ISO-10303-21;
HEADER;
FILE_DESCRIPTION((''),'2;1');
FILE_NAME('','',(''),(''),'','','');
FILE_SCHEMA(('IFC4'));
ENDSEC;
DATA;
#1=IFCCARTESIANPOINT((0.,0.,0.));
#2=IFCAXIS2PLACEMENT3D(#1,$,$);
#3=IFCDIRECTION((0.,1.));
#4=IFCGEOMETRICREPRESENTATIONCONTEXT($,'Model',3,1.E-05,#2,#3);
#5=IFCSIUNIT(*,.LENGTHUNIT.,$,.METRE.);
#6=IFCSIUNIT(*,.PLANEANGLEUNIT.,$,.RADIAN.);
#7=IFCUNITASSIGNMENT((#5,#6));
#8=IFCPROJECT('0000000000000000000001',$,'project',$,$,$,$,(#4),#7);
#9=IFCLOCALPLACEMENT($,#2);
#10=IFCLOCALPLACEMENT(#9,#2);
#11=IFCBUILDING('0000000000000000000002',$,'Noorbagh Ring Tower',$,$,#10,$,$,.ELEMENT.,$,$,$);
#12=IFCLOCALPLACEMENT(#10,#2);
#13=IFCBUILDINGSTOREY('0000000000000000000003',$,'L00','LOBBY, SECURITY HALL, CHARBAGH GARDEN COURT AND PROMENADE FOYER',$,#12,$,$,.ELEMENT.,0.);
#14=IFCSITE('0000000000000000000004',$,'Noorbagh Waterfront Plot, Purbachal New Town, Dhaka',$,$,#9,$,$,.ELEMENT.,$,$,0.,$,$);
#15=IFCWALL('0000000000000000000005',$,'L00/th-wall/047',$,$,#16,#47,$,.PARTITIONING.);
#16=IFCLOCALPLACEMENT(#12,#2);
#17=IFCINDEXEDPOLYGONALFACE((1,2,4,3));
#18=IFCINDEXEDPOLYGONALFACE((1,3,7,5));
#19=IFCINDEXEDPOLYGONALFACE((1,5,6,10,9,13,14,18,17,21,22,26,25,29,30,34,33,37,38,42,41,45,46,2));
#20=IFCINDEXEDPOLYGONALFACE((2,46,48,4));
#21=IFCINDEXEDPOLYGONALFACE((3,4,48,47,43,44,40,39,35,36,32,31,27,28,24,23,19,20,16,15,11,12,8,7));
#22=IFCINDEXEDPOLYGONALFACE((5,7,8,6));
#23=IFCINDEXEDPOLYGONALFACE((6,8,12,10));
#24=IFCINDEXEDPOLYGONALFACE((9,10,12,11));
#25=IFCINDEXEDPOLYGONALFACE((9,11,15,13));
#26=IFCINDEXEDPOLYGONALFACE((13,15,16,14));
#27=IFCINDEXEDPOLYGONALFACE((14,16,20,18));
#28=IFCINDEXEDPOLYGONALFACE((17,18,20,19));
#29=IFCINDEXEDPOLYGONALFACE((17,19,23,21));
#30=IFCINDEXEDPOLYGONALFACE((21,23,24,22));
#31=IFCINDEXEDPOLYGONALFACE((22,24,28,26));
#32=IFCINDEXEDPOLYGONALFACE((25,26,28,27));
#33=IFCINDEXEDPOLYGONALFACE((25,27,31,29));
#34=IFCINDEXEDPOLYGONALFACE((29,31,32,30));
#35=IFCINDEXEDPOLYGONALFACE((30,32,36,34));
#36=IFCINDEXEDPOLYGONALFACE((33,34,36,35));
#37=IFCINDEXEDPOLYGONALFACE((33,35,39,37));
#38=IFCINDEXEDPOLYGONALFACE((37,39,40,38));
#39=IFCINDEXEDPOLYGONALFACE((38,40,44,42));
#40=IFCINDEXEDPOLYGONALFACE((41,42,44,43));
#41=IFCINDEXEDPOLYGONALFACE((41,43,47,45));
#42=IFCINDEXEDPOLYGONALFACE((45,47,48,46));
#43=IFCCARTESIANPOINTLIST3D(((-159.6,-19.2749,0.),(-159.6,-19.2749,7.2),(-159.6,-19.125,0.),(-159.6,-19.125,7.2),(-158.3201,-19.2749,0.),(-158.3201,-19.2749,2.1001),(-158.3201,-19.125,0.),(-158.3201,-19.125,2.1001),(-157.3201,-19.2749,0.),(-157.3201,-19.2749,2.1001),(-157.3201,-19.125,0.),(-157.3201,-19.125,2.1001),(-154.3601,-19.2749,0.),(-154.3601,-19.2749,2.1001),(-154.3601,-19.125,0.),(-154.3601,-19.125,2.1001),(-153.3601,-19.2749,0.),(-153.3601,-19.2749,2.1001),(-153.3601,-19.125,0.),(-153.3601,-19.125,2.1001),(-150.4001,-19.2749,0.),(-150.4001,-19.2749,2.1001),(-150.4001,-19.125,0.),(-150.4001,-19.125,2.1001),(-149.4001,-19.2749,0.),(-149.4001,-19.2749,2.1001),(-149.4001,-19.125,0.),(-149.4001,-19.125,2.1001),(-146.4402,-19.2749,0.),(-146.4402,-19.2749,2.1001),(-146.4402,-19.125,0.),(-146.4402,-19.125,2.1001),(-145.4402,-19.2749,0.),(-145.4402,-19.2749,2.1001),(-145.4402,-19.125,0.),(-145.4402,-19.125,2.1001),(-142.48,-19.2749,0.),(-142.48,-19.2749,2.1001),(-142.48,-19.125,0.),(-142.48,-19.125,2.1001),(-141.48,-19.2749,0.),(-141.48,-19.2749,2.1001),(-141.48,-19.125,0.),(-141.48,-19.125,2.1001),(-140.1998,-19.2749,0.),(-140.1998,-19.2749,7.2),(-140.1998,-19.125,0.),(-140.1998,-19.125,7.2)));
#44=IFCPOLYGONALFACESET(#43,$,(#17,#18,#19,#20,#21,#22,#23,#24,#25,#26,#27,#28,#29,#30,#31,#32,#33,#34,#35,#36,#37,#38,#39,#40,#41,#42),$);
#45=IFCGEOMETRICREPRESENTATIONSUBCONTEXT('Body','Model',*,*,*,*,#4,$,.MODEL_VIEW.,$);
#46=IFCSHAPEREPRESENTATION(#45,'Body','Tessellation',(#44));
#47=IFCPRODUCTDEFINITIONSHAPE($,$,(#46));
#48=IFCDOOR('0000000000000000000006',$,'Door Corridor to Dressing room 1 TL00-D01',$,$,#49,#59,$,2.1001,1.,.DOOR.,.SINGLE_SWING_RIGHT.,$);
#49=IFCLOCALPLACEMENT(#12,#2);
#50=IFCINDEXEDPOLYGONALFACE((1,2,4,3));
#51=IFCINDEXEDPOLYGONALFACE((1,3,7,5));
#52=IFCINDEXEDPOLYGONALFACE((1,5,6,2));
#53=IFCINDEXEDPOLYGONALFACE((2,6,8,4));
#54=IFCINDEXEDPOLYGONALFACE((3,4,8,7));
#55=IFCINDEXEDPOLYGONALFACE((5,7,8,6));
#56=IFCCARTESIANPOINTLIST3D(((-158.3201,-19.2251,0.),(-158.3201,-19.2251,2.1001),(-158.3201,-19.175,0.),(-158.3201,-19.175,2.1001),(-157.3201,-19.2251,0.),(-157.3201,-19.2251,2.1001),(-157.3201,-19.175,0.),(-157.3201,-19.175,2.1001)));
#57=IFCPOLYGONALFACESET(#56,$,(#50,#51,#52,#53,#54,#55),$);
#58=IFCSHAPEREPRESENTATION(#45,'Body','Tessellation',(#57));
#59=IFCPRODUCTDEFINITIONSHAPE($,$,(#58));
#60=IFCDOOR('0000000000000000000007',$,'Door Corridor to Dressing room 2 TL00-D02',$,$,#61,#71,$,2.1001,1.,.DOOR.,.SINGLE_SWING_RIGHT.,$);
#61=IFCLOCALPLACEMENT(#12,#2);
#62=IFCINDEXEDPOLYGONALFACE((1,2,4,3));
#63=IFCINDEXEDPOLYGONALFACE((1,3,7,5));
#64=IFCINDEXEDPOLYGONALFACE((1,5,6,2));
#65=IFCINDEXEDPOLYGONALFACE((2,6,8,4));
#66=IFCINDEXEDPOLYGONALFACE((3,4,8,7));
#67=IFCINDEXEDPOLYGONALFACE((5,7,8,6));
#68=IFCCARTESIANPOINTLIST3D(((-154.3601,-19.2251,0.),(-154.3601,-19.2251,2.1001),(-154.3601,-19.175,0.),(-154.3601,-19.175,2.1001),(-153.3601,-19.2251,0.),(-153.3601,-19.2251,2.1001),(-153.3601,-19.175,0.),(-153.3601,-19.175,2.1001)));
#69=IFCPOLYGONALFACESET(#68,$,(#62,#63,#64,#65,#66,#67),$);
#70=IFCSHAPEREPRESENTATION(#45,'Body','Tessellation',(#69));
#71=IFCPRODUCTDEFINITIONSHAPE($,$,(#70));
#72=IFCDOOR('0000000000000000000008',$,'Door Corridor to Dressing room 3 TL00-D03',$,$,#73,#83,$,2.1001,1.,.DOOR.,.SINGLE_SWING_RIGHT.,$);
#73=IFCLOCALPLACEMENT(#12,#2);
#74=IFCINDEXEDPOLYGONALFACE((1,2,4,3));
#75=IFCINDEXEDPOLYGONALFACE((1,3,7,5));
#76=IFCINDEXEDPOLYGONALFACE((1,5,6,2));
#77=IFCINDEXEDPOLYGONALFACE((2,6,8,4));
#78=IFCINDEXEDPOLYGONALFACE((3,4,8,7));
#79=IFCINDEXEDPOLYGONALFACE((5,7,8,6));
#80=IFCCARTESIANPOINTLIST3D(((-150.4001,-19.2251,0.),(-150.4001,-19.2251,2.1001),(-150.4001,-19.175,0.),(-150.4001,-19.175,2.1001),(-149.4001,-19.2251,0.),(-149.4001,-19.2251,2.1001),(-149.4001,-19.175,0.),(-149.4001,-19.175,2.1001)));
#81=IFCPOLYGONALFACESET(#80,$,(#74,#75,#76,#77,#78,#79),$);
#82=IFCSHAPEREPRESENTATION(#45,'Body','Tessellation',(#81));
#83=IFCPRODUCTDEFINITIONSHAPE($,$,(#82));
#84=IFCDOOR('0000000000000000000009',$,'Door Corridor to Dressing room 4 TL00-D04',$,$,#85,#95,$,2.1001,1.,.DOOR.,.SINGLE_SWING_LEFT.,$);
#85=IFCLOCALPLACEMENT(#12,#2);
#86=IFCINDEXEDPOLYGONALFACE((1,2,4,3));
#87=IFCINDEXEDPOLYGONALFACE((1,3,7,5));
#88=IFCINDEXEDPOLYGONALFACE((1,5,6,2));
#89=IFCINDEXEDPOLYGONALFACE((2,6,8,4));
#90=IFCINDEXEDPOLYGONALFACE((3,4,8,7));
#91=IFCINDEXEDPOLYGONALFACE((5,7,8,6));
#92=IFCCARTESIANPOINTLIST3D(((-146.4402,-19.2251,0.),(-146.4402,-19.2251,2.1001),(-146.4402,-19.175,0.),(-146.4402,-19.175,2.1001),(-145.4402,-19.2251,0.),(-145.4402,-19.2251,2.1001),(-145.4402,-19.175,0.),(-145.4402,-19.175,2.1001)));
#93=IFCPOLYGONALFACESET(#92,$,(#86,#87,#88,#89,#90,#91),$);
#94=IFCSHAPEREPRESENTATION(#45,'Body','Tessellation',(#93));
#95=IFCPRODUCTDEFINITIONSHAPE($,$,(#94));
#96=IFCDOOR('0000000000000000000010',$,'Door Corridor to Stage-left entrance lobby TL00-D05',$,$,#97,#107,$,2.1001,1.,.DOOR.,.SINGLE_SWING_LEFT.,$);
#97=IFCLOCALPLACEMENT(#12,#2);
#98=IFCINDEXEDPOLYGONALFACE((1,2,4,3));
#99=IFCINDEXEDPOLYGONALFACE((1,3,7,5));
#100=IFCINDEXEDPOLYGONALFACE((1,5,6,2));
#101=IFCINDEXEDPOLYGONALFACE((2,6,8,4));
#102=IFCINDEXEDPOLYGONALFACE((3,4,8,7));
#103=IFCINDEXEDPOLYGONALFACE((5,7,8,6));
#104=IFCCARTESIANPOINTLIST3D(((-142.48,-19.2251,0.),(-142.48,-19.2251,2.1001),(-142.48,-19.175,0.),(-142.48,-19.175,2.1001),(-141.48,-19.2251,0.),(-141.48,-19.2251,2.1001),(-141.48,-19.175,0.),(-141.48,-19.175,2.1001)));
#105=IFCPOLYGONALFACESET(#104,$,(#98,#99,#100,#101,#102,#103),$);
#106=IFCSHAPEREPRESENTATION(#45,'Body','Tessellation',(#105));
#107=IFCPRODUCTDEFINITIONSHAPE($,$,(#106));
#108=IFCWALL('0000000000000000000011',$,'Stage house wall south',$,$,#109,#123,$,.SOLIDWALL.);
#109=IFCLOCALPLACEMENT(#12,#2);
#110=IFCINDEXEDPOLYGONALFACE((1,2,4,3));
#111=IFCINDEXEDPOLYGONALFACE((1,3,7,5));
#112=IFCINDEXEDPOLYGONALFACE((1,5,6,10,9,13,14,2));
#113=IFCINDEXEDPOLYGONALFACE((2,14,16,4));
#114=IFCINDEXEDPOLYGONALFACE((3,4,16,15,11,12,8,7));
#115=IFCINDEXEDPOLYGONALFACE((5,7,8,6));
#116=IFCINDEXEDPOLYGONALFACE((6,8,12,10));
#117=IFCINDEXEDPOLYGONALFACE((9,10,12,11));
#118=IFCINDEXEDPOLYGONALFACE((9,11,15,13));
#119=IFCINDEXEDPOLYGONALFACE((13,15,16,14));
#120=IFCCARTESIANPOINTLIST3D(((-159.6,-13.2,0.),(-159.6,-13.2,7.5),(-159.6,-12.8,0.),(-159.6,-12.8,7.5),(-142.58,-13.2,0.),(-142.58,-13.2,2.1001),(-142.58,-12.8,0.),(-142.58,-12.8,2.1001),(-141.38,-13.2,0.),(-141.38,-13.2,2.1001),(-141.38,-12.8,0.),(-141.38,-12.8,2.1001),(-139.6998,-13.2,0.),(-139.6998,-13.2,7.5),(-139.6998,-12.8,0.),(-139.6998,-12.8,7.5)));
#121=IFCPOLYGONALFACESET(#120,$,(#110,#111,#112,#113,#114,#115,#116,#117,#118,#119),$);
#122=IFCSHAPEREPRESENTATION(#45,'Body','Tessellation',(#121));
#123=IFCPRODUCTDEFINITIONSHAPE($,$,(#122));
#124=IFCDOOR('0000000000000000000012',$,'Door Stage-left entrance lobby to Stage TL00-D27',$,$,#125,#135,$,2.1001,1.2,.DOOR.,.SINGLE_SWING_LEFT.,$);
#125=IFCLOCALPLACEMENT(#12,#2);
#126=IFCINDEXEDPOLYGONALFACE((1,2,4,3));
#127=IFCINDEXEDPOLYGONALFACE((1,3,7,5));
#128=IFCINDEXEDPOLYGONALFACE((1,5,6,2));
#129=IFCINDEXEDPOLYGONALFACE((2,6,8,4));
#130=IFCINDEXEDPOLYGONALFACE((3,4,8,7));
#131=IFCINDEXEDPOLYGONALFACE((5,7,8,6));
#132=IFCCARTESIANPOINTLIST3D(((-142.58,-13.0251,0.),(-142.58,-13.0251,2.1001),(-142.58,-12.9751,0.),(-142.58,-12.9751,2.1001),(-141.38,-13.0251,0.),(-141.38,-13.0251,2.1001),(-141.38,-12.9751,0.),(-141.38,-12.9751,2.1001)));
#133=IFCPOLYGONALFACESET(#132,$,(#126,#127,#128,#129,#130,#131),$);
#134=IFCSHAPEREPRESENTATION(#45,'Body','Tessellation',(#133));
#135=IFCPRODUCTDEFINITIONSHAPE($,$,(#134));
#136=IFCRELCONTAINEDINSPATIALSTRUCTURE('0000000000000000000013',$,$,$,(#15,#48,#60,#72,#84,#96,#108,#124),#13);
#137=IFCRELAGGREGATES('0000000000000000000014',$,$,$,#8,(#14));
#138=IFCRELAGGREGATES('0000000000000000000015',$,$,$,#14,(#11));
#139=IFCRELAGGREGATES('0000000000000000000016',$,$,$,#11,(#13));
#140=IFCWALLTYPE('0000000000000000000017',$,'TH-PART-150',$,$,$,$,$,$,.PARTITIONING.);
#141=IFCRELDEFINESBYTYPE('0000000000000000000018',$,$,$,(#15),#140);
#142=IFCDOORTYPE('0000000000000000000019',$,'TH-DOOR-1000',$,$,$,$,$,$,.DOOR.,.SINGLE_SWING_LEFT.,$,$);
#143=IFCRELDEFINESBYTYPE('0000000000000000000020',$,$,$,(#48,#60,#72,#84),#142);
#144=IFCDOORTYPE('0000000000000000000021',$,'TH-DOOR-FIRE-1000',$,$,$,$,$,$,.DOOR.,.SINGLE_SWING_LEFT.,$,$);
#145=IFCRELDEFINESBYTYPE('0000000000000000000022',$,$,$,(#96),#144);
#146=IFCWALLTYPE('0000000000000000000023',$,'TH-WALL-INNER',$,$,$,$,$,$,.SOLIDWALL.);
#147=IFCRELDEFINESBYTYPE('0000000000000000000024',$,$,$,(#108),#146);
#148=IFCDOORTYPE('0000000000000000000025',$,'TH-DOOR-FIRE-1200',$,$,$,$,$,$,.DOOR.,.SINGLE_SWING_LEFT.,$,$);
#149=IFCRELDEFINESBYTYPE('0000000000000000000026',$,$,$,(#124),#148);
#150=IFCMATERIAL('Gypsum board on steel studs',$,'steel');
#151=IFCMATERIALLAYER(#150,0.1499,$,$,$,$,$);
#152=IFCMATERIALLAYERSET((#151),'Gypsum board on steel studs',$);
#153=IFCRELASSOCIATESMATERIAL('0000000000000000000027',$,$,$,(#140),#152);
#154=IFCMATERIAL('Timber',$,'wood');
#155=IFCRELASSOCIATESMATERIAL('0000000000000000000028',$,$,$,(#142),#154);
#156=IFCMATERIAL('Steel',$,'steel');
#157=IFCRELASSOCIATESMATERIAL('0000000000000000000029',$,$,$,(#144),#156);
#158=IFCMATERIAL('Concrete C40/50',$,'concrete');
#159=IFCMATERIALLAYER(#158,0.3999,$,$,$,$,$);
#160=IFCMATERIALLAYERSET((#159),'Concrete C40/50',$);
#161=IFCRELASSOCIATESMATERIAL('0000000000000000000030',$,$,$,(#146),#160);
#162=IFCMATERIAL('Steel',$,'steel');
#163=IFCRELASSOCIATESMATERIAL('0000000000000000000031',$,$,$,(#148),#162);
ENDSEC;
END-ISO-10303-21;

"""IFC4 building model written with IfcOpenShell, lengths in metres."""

from ifc_helpers import new_model, si_unit, direction, frame, frame_2d, origin, place, context, subcontext, project, spatial, rectangle, extrude, material, layer, layer_set, type_object, element, fill, save


model = new_model("IFC4")

# Units and contexts
model_context = context("Model", 3, precision=1e-05, world=origin(), true_north=direction((0.0, 1.0)))
body_context = subcontext(model_context, "Body", "Model", "MODEL_VIEW")
ifc_project = project(units=[si_unit("LENGTHUNIT", "METRE"), si_unit("PLANEANGLEUNIT", "RADIAN")], contexts=[model_context])

# Site, building, storey
site_placement = place(None, origin())
site = spatial("IfcSite", under=ifc_project, at=site_placement, Name="Noorbagh Waterfront Plot, Purbachal New Town, Dhaka", CompositionType="ELEMENT", RefElevation=0.0)
building_placement = place(site_placement, origin())
building = spatial("IfcBuilding", under=site, at=building_placement, Name="Noorbagh Ring Tower", CompositionType="ELEMENT")
storey_placement = place(building_placement, origin())
storey = spatial("IfcBuildingStorey", under=building, at=storey_placement, Name="L00", Description="LOBBY, SECURITY HALL, CHARBAGH GARDEN COURT AND PROMENADE FOYER", CompositionType="ELEMENT", Elevation=0.0)

# Wall, openings, doors
ifc_material_1 = material(Name="Gypsum board on steel studs", Category="steel")
ifc_layer_1 = layer(ifc_material_1, 0.1499)
ifc_layer_set_1 = layer_set([ifc_layer_1], Name="Gypsum board on steel studs")
wall_type_1 = type_object("IfcWallType", Name="TH-PART-150", PredefinedType="PARTITIONING", material=ifc_layer_set_1)
wall_1_placement = place(storey_placement, frame((-159.6001, -19.2, 0.0), z_axis=(0.0, 0.0, 1.0), x_axis=(1.0, 0.0, 0.0)))
wall_1 = element("IfcWall", 1, at=wall_1_placement, inside=storey, type_object=wall_type_1, Name="L00/th-wall/047", PredefinedType="PARTITIONING", context=body_context, shape_type="SweptSolid", body=[
    extrude(rectangle(XDim=19.4001, YDim=0.1499, at=frame_2d((9.7002, 0.0))), origin(), (0.0, 0.0, 1.0), 7.2),
])
opening_1_placement = place(wall_1_placement, frame((1.28, 0.0, 0.0)))
opening_1 = element("IfcOpeningElement", 2, at=opening_1_placement, cuts=wall_1, PredefinedType="OPENING", context=body_context, shape_type="SweptSolid", body=[
    extrude(rectangle(XDim=1.0, YDim=2.1001, at=frame_2d((0.5, 1.05))), frame((0.0, 0.085, 0.0), z_axis=(0.0, -1.0, 0.0), x_axis=(1.0, 0.0, 0.0)), (0.0, 0.0, 1.0), 0.1699),
])
opening_2_placement = place(wall_1_placement, frame((5.24, 0.0, 0.0)))
opening_2 = element("IfcOpeningElement", 3, at=opening_2_placement, cuts=wall_1, PredefinedType="OPENING", context=body_context, shape_type="SweptSolid", body=[
    extrude(rectangle(XDim=1.0, YDim=2.1001, at=frame_2d((0.5, 1.05))), frame((0.0, 0.085, 0.0), z_axis=(0.0, -1.0, 0.0), x_axis=(1.0, 0.0, 0.0)), (0.0, 0.0, 1.0), 0.1699),
])
opening_3_placement = place(wall_1_placement, frame((9.2, 0.0, 0.0)))
opening_3 = element("IfcOpeningElement", 4, at=opening_3_placement, cuts=wall_1, PredefinedType="OPENING", context=body_context, shape_type="SweptSolid", body=[
    extrude(rectangle(XDim=1.0, YDim=2.1001, at=frame_2d((0.5, 1.05))), frame((0.0, 0.085, 0.0), z_axis=(0.0, -1.0, 0.0), x_axis=(1.0, 0.0, 0.0)), (0.0, 0.0, 1.0), 0.1699),
])
opening_4_placement = place(wall_1_placement, frame((13.1599, 0.0, 0.0)))
opening_4 = element("IfcOpeningElement", 5, at=opening_4_placement, cuts=wall_1, PredefinedType="OPENING", context=body_context, shape_type="SweptSolid", body=[
    extrude(rectangle(XDim=1.0, YDim=2.1001, at=frame_2d((0.5, 1.05))), frame((0.0, 0.085, 0.0), z_axis=(0.0, -1.0, 0.0), x_axis=(1.0, 0.0, 0.0)), (0.0, 0.0, 1.0), 0.1699),
])
opening_5_placement = place(wall_1_placement, frame((17.1201, 0.0, 0.0)))
opening_5 = element("IfcOpeningElement", 6, at=opening_5_placement, cuts=wall_1, PredefinedType="OPENING", context=body_context, shape_type="SweptSolid", body=[
    extrude(rectangle(XDim=1.0, YDim=2.1001, at=frame_2d((0.5, 1.05))), frame((0.0, 0.085, 0.0), z_axis=(0.0, -1.0, 0.0), x_axis=(1.0, 0.0, 0.0)), (0.0, 0.0, 1.0), 0.1699),
])
ifc_material_2 = material(Name="Timber", Category="wood")
door_type_1 = type_object("IfcDoorType", Name="TH-DOOR-1000", OperationType="SINGLE_SWING_LEFT", PredefinedType="DOOR", material=ifc_material_2)
door_1_placement = place(opening_1_placement, origin())
door_1 = element("IfcDoor", 7, at=door_1_placement, inside=storey, type_object=door_type_1, Name="Door Corridor to Dressing room 1 TL00-D01", OperationType="SINGLE_SWING_RIGHT", OverallHeight=2.1001, OverallWidth=1.0, PredefinedType="DOOR", context=body_context, shape_type="SweptSolid", body=[
    extrude(rectangle(XDim=1.0, YDim=2.1001, at=frame_2d((0.5, 1.05))), frame((0.0, 0.0249, 0.0), z_axis=(0.0, -1.0, 0.0), x_axis=(1.0, 0.0, 0.0)), (0.0, 0.0, 1.0), 0.05),
])
fill(opening_1, door_1)
door_2_placement = place(opening_2_placement, origin())
door_2 = element("IfcDoor", 8, at=door_2_placement, inside=storey, type_object=door_type_1, Name="Door Corridor to Dressing room 2 TL00-D02", OperationType="SINGLE_SWING_RIGHT", OverallHeight=2.1001, OverallWidth=1.0, PredefinedType="DOOR", context=body_context, shape_type="SweptSolid", body=[
    extrude(rectangle(XDim=1.0, YDim=2.1001, at=frame_2d((0.5, 1.05))), frame((0.0, 0.0249, 0.0), z_axis=(0.0, -1.0, 0.0), x_axis=(1.0, 0.0, 0.0)), (0.0, 0.0, 1.0), 0.05),
])
fill(opening_2, door_2)
door_3_placement = place(opening_3_placement, origin())
door_3 = element("IfcDoor", 9, at=door_3_placement, inside=storey, type_object=door_type_1, Name="Door Corridor to Dressing room 3 TL00-D03", OperationType="SINGLE_SWING_RIGHT", OverallHeight=2.1001, OverallWidth=1.0, PredefinedType="DOOR", context=body_context, shape_type="SweptSolid", body=[
    extrude(rectangle(XDim=1.0, YDim=2.1001, at=frame_2d((0.5, 1.05))), frame((0.0, 0.0249, 0.0), z_axis=(0.0, -1.0, 0.0), x_axis=(1.0, 0.0, 0.0)), (0.0, 0.0, 1.0), 0.05),
])
fill(opening_3, door_3)
door_4_placement = place(opening_4_placement, origin())
door_4 = element("IfcDoor", 10, at=door_4_placement, inside=storey, type_object=door_type_1, Name="Door Corridor to Dressing room 4 TL00-D04", OperationType="SINGLE_SWING_LEFT", OverallHeight=2.1001, OverallWidth=1.0, PredefinedType="DOOR", context=body_context, shape_type="SweptSolid", body=[
    extrude(rectangle(XDim=1.0, YDim=2.1001, at=frame_2d((0.5, 1.05))), frame((0.0, 0.0249, 0.0), z_axis=(0.0, -1.0, 0.0), x_axis=(1.0, 0.0, 0.0)), (0.0, 0.0, 1.0), 0.05),
])
fill(opening_4, door_4)
ifc_material_3 = material(Name="Steel", Category="steel")
door_type_2 = type_object("IfcDoorType", Name="TH-DOOR-FIRE-1000", OperationType="SINGLE_SWING_LEFT", PredefinedType="DOOR", material=ifc_material_3)
door_5_placement = place(opening_5_placement, origin())
door_5 = element("IfcDoor", 11, at=door_5_placement, inside=storey, type_object=door_type_2, Name="Door Corridor to Stage-left entrance lobby TL00-D05", OperationType="SINGLE_SWING_LEFT", OverallHeight=2.1001, OverallWidth=1.0, PredefinedType="DOOR", context=body_context, shape_type="SweptSolid", body=[
    extrude(rectangle(XDim=1.0, YDim=2.1001, at=frame_2d((0.5, 1.05))), frame((0.0, 0.0249, 0.0), z_axis=(0.0, -1.0, 0.0), x_axis=(1.0, 0.0, 0.0)), (0.0, 0.0, 1.0), 0.05),
])
fill(opening_5, door_5)

# Wall, opening, door
ifc_material_4 = material(Name="Concrete C40/50", Category="concrete")
ifc_layer_2 = layer(ifc_material_4, 0.3999)
ifc_layer_set_2 = layer_set([ifc_layer_2], Name="Concrete C40/50")
wall_type_2 = type_object("IfcWallType", Name="TH-WALL-INNER", PredefinedType="SOLIDWALL", material=ifc_layer_set_2)
wall_2_placement = place(storey_placement, frame((-159.6001, -13.0, 0.0), z_axis=(0.0, 0.0, 1.0), x_axis=(1.0, 0.0, 0.0)))
wall_2 = element("IfcWall", 12, at=wall_2_placement, inside=storey, type_object=wall_type_2, Name="Stage house wall south", PredefinedType="SOLIDWALL", context=body_context, shape_type="SweptSolid", body=[
    extrude(rectangle(XDim=19.9001, YDim=0.3999, at=frame_2d((9.9502, 0.0))), origin(), (0.0, 0.0, 1.0), 7.5),
])
opening_6_placement = place(wall_2_placement, frame((17.02, 0.0, 0.0)))
opening_6 = element("IfcOpeningElement", 13, at=opening_6_placement, cuts=wall_2, PredefinedType="OPENING", context=body_context, shape_type="SweptSolid", body=[
    extrude(rectangle(XDim=1.2, YDim=2.1001, at=frame_2d((0.6001, 1.05))), frame((0.0, 0.21, 0.0), z_axis=(0.0, -1.0, 0.0), x_axis=(1.0, 0.0, 0.0)), (0.0, 0.0, 1.0), 0.4199),
])
ifc_material_5 = material(Name="Steel", Category="steel")
door_type_3 = type_object("IfcDoorType", Name="TH-DOOR-FIRE-1200", OperationType="SINGLE_SWING_LEFT", PredefinedType="DOOR", material=ifc_material_5)
door_6_placement = place(opening_6_placement, origin())
door_6 = element("IfcDoor", 14, at=door_6_placement, inside=storey, type_object=door_type_3, Name="Door Stage-left entrance lobby to Stage TL00-D27", OperationType="SINGLE_SWING_LEFT", OverallHeight=2.1001, OverallWidth=1.2, PredefinedType="DOOR", context=body_context, shape_type="SweptSolid", body=[
    extrude(rectangle(XDim=1.2, YDim=2.1001, at=frame_2d((0.6001, 1.05))), frame((0.0, 0.0249, 0.0), z_axis=(0.0, -1.0, 0.0), x_axis=(1.0, 0.0, 0.0)), (0.0, 0.0, 1.0), 0.05),
])
fill(opening_6, door_6)

save(model, "model.ifc")
